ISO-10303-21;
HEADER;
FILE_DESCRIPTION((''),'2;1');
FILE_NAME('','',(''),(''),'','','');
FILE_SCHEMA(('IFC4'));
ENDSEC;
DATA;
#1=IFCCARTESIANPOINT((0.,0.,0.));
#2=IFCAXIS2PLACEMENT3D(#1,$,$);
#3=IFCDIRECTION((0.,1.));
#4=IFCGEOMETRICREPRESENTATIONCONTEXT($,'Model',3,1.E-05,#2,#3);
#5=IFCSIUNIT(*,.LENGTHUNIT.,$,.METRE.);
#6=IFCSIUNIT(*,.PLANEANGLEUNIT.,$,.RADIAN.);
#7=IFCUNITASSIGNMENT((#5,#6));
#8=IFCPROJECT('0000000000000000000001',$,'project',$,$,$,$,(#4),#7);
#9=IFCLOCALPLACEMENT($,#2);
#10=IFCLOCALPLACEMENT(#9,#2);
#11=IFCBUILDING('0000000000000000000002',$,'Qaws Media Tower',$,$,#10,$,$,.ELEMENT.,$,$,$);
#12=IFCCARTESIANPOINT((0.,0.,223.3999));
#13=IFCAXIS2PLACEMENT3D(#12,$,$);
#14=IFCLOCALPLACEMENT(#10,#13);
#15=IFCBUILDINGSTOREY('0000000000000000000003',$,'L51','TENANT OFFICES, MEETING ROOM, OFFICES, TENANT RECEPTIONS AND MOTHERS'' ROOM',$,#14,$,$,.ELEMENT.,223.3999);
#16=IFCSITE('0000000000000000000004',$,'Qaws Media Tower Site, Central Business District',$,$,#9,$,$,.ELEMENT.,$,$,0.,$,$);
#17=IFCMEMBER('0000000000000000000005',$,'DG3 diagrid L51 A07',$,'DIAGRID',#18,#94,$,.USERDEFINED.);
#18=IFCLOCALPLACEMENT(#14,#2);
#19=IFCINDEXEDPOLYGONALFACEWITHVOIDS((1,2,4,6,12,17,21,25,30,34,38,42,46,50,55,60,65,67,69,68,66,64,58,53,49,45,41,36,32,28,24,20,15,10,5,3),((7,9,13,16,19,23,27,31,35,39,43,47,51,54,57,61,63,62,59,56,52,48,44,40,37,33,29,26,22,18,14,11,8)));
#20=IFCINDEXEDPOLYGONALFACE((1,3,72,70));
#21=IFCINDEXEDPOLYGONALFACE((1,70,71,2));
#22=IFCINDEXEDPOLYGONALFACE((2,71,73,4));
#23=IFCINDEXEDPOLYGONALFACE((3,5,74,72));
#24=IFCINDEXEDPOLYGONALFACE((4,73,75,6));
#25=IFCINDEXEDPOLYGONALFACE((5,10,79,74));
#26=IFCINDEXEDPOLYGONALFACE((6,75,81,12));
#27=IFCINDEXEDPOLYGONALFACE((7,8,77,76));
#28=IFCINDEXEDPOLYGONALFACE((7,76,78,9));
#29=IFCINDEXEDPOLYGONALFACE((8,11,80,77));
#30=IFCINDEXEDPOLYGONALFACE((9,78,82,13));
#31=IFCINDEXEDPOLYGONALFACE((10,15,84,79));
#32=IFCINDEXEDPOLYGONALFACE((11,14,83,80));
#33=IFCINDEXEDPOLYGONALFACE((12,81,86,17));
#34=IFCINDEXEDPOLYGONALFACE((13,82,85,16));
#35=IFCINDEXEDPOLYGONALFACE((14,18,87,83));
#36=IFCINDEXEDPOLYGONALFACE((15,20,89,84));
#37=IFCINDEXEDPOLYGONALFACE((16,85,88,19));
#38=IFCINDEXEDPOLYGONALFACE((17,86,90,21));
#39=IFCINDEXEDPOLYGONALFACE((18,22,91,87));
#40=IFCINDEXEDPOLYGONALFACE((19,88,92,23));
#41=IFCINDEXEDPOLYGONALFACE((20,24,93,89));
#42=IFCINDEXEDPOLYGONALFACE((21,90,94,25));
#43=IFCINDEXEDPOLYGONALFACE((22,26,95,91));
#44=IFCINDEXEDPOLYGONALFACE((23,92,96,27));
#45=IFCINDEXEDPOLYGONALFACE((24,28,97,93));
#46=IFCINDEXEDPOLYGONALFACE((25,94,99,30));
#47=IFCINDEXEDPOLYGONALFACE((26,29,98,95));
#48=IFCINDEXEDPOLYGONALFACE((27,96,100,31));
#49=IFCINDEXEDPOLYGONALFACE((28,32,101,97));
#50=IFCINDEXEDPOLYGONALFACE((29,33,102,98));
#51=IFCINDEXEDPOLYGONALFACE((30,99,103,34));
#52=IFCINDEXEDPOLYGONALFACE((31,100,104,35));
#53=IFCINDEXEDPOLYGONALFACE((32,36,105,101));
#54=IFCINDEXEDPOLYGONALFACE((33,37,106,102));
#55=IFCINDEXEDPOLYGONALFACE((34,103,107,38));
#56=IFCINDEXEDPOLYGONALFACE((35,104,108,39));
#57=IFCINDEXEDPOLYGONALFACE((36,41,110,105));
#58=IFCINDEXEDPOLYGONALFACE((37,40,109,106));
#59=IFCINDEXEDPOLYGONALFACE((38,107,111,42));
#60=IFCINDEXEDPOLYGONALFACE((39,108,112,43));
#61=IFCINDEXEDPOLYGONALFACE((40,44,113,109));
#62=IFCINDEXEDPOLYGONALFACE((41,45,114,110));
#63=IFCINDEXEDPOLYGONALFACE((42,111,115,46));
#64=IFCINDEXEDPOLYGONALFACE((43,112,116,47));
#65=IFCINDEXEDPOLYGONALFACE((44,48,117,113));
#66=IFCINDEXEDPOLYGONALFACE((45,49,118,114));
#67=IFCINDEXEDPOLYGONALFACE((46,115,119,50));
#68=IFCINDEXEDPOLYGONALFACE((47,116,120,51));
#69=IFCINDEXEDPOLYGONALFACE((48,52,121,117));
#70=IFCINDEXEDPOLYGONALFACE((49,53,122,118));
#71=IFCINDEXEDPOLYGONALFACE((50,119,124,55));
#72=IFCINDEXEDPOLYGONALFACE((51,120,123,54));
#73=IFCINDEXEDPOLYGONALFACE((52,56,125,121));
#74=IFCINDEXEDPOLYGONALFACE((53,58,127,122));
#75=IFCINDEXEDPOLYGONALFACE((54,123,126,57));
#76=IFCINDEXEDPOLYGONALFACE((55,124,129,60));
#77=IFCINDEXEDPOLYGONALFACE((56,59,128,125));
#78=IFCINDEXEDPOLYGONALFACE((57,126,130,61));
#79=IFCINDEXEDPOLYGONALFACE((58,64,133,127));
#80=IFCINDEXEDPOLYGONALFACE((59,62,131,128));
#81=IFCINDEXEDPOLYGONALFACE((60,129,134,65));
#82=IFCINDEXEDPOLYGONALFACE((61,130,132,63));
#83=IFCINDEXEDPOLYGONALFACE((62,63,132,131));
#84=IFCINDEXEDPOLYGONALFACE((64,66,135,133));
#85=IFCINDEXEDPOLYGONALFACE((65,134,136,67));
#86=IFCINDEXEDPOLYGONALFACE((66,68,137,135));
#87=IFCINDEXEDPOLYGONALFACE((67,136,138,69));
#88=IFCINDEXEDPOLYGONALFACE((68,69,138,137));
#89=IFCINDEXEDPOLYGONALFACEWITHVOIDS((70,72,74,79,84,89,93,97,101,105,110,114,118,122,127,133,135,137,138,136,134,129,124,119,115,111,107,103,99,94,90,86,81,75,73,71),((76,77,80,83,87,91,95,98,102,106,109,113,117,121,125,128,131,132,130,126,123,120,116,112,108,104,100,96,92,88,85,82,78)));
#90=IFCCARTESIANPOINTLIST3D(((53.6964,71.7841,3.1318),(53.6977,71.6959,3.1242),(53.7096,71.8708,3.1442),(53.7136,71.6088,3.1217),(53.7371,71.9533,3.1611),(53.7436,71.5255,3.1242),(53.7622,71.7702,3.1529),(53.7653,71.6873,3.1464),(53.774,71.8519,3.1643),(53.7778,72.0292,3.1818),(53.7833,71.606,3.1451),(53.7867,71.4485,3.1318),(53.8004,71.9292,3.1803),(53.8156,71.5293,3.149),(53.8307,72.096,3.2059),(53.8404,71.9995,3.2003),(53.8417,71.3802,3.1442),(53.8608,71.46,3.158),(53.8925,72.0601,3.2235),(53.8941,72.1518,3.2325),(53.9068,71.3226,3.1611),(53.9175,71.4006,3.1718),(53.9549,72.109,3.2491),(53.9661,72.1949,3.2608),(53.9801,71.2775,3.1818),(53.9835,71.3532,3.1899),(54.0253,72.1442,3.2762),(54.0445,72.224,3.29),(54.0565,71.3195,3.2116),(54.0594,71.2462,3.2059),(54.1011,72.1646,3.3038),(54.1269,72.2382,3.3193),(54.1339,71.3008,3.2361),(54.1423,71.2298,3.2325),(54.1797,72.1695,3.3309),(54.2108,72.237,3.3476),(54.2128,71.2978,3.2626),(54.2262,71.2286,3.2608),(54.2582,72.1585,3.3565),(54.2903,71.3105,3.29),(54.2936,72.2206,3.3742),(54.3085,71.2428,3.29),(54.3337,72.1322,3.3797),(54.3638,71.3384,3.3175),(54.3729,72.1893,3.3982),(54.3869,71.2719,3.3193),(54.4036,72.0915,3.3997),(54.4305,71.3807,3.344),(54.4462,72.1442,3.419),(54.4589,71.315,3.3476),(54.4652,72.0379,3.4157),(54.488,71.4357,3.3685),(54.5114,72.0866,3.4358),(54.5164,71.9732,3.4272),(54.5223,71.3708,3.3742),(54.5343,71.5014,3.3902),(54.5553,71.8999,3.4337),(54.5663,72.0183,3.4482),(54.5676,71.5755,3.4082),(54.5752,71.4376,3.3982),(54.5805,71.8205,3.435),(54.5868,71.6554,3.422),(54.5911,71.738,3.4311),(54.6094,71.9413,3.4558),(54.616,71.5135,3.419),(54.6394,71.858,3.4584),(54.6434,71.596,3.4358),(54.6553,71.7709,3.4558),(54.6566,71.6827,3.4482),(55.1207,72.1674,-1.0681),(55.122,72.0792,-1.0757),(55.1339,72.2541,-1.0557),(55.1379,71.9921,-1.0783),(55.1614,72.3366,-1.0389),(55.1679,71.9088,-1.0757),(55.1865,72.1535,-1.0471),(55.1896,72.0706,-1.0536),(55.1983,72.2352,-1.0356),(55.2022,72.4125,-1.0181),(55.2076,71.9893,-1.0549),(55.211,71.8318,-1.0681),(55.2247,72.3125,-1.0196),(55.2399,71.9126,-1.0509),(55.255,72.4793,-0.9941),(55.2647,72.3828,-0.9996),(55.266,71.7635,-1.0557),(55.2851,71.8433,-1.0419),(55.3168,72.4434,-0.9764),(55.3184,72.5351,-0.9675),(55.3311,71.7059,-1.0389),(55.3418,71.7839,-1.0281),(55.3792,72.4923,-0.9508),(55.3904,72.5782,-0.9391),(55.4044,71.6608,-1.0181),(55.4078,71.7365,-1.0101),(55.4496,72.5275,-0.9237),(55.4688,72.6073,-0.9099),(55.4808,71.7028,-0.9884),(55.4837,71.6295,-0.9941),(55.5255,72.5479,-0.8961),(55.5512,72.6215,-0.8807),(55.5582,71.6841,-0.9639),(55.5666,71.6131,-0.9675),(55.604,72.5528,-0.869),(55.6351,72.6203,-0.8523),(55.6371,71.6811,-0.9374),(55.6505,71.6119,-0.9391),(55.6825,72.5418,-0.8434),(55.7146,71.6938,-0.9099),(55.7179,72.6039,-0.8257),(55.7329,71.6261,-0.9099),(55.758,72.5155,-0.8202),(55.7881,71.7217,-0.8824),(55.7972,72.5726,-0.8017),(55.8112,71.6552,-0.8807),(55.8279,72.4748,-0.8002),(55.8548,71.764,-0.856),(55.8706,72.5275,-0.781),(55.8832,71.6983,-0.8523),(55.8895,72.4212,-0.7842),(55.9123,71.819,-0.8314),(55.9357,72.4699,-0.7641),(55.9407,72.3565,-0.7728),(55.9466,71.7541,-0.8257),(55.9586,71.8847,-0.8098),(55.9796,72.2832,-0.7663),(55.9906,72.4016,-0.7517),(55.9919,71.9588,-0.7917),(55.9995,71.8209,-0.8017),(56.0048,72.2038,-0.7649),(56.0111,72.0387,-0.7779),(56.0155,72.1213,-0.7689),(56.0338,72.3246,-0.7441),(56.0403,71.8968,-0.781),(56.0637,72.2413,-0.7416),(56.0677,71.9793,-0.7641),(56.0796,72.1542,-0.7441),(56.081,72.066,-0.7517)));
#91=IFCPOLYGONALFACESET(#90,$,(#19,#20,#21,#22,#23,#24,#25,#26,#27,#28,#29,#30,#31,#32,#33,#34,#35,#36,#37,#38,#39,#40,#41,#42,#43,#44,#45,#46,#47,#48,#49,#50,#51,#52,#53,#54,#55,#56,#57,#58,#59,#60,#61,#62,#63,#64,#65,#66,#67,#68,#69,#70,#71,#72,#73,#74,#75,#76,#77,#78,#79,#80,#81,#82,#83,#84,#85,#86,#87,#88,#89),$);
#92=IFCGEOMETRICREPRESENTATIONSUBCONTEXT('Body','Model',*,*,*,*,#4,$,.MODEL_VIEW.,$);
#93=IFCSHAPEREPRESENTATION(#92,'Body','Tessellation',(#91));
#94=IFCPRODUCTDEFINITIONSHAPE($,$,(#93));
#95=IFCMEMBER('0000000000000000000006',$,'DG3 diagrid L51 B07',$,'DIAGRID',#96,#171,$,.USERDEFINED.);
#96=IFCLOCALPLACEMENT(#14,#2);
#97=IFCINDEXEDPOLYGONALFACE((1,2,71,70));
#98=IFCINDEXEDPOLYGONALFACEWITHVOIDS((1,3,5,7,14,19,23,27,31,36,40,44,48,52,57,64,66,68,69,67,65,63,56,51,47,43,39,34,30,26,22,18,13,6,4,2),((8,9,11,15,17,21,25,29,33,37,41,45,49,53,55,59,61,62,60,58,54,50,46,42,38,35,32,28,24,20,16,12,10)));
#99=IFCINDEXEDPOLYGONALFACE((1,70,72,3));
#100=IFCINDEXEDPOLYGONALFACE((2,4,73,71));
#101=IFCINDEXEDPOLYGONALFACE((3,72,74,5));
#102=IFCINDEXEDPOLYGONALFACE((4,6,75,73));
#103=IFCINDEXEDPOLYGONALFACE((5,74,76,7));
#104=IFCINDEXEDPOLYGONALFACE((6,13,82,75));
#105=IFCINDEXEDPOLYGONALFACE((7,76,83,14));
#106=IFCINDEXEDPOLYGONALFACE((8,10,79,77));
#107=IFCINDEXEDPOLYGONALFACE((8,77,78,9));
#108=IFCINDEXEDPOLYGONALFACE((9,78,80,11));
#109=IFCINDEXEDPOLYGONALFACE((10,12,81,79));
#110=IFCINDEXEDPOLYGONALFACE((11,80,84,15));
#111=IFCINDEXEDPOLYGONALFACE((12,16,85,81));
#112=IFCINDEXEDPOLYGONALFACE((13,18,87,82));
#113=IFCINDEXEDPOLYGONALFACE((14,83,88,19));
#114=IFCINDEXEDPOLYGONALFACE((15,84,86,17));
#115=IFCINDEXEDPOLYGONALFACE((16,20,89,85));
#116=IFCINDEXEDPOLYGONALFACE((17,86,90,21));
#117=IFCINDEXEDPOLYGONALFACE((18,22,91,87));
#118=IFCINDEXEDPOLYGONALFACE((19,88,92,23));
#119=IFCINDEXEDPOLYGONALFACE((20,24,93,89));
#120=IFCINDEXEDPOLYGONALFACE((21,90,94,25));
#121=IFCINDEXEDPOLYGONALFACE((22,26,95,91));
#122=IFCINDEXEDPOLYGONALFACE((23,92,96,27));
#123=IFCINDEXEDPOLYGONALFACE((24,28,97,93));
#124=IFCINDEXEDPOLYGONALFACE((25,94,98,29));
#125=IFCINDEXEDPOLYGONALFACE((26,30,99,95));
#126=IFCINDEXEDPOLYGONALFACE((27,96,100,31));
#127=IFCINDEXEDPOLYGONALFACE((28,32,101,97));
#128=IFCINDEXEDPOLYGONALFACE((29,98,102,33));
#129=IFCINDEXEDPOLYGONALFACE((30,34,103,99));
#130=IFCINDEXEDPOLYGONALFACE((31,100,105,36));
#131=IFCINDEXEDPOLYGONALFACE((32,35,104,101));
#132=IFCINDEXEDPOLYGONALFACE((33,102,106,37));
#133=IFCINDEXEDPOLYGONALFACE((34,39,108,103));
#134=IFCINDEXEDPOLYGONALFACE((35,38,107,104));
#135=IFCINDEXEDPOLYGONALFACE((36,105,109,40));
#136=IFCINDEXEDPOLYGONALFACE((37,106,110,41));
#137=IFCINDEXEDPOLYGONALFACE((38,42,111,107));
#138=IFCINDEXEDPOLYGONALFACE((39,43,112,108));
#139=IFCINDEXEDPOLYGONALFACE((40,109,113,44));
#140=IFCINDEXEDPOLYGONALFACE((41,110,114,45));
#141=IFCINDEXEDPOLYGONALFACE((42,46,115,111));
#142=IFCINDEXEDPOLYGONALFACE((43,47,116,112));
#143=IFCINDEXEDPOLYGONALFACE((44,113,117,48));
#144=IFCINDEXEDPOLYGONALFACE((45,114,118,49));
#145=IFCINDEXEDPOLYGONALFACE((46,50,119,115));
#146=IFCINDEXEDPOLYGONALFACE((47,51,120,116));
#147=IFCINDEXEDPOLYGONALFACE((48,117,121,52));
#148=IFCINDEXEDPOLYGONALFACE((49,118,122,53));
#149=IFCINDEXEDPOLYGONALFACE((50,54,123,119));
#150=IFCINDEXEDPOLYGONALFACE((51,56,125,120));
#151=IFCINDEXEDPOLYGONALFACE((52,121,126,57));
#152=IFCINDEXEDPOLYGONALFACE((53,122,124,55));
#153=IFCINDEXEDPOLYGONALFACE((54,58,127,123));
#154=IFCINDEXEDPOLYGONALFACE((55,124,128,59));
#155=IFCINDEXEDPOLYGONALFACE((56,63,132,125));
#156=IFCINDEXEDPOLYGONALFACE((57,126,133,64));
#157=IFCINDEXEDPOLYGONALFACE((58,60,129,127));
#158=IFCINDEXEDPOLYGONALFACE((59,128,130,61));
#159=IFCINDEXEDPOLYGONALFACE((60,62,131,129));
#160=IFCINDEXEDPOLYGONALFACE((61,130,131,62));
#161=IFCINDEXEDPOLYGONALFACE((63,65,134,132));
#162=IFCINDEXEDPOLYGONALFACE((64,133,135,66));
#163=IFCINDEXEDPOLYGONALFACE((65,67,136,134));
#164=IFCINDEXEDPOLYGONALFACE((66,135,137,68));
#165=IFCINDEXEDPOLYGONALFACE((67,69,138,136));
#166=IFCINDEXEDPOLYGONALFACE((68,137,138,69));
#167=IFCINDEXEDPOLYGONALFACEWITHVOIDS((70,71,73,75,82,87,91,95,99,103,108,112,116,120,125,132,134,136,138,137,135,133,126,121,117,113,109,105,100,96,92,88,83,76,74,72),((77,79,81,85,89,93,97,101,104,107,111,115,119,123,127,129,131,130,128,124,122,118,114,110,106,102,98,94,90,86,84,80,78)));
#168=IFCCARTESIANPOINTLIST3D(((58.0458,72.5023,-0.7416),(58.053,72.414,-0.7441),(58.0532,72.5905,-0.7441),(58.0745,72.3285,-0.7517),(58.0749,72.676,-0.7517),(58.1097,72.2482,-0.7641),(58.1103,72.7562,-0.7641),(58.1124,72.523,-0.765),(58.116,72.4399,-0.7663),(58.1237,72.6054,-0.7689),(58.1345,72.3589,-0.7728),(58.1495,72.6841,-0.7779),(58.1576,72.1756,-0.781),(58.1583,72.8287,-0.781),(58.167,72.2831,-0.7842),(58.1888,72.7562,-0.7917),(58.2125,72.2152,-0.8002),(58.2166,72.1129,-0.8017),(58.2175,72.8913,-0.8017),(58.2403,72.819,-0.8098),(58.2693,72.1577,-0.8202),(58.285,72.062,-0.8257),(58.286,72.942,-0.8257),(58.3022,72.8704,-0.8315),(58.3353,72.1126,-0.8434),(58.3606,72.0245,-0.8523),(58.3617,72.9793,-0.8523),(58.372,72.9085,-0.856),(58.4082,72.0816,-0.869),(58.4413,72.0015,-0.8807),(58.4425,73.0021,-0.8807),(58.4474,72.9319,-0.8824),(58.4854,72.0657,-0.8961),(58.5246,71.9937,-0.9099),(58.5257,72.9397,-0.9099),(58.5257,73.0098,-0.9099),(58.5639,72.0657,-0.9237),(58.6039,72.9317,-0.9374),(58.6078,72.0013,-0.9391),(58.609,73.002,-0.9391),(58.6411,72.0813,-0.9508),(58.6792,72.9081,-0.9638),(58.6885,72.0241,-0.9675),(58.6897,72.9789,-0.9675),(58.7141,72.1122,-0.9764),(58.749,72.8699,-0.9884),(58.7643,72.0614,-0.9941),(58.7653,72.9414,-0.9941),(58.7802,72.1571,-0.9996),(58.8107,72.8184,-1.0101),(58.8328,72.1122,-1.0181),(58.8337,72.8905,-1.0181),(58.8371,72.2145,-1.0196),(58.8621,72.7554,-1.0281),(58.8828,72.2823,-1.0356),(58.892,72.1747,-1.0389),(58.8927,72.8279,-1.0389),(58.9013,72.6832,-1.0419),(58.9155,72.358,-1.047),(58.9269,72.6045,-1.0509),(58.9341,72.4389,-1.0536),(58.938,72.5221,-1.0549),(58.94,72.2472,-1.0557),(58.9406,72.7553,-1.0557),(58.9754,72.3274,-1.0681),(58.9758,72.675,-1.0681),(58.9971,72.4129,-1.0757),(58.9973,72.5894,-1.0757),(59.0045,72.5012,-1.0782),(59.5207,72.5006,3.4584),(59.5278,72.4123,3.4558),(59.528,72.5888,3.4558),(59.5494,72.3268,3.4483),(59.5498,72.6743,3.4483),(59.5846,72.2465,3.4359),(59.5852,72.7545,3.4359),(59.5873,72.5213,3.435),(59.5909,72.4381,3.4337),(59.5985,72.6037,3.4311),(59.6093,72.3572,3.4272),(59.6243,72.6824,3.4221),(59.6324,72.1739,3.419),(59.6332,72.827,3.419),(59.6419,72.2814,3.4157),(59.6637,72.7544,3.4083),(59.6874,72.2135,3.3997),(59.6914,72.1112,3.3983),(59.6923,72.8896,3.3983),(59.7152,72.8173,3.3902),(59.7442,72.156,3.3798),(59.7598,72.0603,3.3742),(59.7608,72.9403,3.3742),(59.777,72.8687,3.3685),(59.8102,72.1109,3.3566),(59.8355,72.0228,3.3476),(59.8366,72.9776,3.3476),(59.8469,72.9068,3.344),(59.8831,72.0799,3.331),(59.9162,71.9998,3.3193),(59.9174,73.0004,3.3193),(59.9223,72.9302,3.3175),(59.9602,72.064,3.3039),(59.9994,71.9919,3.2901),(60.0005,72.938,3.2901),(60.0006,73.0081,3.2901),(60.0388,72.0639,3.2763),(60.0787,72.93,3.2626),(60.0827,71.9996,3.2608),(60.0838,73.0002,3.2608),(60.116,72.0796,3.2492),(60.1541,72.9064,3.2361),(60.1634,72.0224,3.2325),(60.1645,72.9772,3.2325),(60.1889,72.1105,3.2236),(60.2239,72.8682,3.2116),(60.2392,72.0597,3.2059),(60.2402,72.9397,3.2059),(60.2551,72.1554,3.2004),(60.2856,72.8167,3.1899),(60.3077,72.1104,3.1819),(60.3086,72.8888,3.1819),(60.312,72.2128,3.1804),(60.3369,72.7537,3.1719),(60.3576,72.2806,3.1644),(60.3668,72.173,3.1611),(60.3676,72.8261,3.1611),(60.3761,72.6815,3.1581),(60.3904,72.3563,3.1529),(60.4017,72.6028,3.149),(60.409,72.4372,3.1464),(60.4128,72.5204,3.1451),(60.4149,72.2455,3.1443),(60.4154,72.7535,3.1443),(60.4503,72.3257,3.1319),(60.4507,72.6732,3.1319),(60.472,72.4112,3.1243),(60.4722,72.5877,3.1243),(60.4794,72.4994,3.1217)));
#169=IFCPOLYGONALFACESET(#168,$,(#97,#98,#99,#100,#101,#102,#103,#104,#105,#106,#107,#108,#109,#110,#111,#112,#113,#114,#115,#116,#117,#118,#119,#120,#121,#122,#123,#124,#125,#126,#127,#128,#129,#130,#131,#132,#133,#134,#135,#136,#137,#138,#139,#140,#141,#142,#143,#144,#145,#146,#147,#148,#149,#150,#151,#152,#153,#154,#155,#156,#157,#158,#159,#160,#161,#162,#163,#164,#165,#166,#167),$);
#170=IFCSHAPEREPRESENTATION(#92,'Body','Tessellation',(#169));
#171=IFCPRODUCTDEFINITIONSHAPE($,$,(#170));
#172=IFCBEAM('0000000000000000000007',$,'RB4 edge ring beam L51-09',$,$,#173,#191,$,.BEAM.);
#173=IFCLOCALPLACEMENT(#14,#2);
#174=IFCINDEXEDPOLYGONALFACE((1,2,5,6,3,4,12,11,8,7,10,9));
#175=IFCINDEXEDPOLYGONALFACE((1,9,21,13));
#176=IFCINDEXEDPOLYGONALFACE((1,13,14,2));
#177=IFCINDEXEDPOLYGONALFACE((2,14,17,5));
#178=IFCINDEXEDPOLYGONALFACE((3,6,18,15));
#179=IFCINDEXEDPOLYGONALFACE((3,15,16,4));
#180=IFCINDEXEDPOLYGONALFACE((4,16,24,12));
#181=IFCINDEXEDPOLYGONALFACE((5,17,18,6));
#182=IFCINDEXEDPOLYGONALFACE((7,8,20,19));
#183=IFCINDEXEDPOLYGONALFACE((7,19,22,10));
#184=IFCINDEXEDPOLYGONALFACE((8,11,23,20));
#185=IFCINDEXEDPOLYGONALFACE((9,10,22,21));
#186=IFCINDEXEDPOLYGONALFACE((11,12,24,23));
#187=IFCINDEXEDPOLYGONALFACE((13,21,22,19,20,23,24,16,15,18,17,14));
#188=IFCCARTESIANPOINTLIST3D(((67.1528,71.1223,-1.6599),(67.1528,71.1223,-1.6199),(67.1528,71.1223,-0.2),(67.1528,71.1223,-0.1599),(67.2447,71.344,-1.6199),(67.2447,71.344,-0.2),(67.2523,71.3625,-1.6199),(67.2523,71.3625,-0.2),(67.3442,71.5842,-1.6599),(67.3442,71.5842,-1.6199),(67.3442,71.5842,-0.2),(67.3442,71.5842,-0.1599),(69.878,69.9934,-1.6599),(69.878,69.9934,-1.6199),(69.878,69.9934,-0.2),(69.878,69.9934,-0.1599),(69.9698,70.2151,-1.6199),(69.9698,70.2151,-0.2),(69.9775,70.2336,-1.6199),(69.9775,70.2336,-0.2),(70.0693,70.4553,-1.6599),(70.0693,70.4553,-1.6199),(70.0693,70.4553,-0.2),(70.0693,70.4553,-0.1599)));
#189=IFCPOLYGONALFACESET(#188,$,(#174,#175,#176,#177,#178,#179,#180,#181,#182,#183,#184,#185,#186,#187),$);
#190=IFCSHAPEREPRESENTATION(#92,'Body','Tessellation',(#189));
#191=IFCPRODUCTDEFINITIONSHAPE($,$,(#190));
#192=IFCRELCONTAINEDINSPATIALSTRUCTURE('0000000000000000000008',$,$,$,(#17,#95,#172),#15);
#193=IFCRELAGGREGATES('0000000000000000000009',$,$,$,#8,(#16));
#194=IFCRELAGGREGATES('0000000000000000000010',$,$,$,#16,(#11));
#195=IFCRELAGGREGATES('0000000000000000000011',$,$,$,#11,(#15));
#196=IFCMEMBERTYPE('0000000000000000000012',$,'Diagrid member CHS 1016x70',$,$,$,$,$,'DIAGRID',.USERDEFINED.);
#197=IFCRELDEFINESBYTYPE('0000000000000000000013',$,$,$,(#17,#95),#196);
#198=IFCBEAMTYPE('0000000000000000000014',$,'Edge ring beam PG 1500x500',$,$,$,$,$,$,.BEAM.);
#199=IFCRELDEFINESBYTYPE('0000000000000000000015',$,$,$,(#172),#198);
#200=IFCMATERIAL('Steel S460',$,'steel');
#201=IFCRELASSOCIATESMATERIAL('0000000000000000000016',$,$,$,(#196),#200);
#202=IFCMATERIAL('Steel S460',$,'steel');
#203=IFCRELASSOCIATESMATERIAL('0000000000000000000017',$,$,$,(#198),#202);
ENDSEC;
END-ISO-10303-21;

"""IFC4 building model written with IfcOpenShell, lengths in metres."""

from ifc_helpers import new_model, si_unit, direction, frame, origin, origin_2d, place, context, subcontext, project, spatial, hollow_circle, i_section, extrude, material, material_profile, profile_set, type_object, element, save


model = new_model("IFC4")

# Units and contexts
model_context = context("Model", 3, precision=1e-05, world=origin(), true_north=direction((0.0, 1.0)))
body_context = subcontext(model_context, "Body", "Model", "MODEL_VIEW")
ifc_project = project(units=[si_unit("LENGTHUNIT", "METRE"), si_unit("PLANEANGLEUNIT", "RADIAN")], contexts=[model_context])

# Site, building, storey
site_placement = place(None, origin())
site = spatial("IfcSite", under=ifc_project, at=site_placement, Name="Qaws Media Tower Site, Central Business District", CompositionType="ELEMENT", RefElevation=0.0)
building_placement = place(site_placement, origin())
building = spatial("IfcBuilding", under=site, at=building_placement, Name="Qaws Media Tower", CompositionType="ELEMENT")
storey_placement = place(building_placement, frame((0.0, 0.0, 223.3999)))
storey = spatial("IfcBuildingStorey", under=building, at=storey_placement, Name="L51", Description="TENANT OFFICES, MEETING ROOM, OFFICES, TENANT RECEPTIONS AND MOTHERS' ROOM", CompositionType="ELEMENT", Elevation=223.3999)

# Members
ifc_material_1 = material(Name="Steel S460", Category="steel")
ifc_material_profile_1 = material_profile(ifc_material_1, hollow_circle(Radius=0.5081, WallThickness=0.0701, at=origin_2d()), Name="CHS 1016x70")
ifc_profile_set_1 = profile_set([ifc_material_profile_1], Name="Steel S460")
member_type_1 = type_object("IfcMemberType", Name="Diagrid member CHS 1016x70", ElementType="DIAGRID", PredefinedType="USERDEFINED", material=ifc_profile_set_1)
for number, where, z_axis, x_axis, name in (
    (1, (55.6008, 72.1167, -0.9099), (-0.319969, -0.086107, 0.943507), (0.259867, -0.965645, 0.0), "DG3 diagrid L51 A07"),
    (2, (58.5251, 72.5017, -0.9099), (0.331325, -0.000384, 0.943517), (0.001159, 0.999999, 0.0), "DG3 diagrid L51 B07"),
):
    element("IfcMember", number, at=place(storey_placement, frame(where, z_axis=z_axis, x_axis=x_axis)), inside=storey, type_object=member_type_1, Name=name, ObjectType="DIAGRID", PredefinedType="USERDEFINED", context=body_context, shape_type="SweptSolid", body=[
        extrude(hollow_circle(Radius=0.5081, WallThickness=0.0701, at=origin_2d()), origin(), (0.0, 0.0, 1.0), 4.4514),
    ])

# Beam
ifc_material_2 = material(Name="Steel S460", Category="steel")
ifc_material_profile_2 = material_profile(ifc_material_2, i_section(OverallWidth=0.5, OverallDepth=1.5, WebThickness=0.02, FlangeThickness=0.04, at=origin_2d()), Name="PG 1500x500")
ifc_profile_set_2 = profile_set([ifc_material_profile_2], Name="Steel S460")
beam_type = type_object("IfcBeamType", Name="Edge ring beam PG 1500x500", PredefinedType="BEAM", material=ifc_profile_set_2)
beam_1_placement = place(storey_placement, frame((69.9736, 70.2244, -0.9099), z_axis=(-0.923863, 0.382722, 0.0), x_axis=(-0.382722, -0.923863, 0.0)))
element("IfcBeam", 3, at=beam_1_placement, inside=storey, type_object=beam_type, Name="RB4 edge ring beam L51-09", PredefinedType="BEAM", context=body_context, shape_type="SweptSolid", body=[
    extrude(i_section(OverallWidth=0.5, OverallDepth=1.5, WebThickness=0.02, FlangeThickness=0.04, at=origin_2d()), origin(), (0.0, 0.0, 1.0), 2.9497),
])

save(model, "model.ifc")
